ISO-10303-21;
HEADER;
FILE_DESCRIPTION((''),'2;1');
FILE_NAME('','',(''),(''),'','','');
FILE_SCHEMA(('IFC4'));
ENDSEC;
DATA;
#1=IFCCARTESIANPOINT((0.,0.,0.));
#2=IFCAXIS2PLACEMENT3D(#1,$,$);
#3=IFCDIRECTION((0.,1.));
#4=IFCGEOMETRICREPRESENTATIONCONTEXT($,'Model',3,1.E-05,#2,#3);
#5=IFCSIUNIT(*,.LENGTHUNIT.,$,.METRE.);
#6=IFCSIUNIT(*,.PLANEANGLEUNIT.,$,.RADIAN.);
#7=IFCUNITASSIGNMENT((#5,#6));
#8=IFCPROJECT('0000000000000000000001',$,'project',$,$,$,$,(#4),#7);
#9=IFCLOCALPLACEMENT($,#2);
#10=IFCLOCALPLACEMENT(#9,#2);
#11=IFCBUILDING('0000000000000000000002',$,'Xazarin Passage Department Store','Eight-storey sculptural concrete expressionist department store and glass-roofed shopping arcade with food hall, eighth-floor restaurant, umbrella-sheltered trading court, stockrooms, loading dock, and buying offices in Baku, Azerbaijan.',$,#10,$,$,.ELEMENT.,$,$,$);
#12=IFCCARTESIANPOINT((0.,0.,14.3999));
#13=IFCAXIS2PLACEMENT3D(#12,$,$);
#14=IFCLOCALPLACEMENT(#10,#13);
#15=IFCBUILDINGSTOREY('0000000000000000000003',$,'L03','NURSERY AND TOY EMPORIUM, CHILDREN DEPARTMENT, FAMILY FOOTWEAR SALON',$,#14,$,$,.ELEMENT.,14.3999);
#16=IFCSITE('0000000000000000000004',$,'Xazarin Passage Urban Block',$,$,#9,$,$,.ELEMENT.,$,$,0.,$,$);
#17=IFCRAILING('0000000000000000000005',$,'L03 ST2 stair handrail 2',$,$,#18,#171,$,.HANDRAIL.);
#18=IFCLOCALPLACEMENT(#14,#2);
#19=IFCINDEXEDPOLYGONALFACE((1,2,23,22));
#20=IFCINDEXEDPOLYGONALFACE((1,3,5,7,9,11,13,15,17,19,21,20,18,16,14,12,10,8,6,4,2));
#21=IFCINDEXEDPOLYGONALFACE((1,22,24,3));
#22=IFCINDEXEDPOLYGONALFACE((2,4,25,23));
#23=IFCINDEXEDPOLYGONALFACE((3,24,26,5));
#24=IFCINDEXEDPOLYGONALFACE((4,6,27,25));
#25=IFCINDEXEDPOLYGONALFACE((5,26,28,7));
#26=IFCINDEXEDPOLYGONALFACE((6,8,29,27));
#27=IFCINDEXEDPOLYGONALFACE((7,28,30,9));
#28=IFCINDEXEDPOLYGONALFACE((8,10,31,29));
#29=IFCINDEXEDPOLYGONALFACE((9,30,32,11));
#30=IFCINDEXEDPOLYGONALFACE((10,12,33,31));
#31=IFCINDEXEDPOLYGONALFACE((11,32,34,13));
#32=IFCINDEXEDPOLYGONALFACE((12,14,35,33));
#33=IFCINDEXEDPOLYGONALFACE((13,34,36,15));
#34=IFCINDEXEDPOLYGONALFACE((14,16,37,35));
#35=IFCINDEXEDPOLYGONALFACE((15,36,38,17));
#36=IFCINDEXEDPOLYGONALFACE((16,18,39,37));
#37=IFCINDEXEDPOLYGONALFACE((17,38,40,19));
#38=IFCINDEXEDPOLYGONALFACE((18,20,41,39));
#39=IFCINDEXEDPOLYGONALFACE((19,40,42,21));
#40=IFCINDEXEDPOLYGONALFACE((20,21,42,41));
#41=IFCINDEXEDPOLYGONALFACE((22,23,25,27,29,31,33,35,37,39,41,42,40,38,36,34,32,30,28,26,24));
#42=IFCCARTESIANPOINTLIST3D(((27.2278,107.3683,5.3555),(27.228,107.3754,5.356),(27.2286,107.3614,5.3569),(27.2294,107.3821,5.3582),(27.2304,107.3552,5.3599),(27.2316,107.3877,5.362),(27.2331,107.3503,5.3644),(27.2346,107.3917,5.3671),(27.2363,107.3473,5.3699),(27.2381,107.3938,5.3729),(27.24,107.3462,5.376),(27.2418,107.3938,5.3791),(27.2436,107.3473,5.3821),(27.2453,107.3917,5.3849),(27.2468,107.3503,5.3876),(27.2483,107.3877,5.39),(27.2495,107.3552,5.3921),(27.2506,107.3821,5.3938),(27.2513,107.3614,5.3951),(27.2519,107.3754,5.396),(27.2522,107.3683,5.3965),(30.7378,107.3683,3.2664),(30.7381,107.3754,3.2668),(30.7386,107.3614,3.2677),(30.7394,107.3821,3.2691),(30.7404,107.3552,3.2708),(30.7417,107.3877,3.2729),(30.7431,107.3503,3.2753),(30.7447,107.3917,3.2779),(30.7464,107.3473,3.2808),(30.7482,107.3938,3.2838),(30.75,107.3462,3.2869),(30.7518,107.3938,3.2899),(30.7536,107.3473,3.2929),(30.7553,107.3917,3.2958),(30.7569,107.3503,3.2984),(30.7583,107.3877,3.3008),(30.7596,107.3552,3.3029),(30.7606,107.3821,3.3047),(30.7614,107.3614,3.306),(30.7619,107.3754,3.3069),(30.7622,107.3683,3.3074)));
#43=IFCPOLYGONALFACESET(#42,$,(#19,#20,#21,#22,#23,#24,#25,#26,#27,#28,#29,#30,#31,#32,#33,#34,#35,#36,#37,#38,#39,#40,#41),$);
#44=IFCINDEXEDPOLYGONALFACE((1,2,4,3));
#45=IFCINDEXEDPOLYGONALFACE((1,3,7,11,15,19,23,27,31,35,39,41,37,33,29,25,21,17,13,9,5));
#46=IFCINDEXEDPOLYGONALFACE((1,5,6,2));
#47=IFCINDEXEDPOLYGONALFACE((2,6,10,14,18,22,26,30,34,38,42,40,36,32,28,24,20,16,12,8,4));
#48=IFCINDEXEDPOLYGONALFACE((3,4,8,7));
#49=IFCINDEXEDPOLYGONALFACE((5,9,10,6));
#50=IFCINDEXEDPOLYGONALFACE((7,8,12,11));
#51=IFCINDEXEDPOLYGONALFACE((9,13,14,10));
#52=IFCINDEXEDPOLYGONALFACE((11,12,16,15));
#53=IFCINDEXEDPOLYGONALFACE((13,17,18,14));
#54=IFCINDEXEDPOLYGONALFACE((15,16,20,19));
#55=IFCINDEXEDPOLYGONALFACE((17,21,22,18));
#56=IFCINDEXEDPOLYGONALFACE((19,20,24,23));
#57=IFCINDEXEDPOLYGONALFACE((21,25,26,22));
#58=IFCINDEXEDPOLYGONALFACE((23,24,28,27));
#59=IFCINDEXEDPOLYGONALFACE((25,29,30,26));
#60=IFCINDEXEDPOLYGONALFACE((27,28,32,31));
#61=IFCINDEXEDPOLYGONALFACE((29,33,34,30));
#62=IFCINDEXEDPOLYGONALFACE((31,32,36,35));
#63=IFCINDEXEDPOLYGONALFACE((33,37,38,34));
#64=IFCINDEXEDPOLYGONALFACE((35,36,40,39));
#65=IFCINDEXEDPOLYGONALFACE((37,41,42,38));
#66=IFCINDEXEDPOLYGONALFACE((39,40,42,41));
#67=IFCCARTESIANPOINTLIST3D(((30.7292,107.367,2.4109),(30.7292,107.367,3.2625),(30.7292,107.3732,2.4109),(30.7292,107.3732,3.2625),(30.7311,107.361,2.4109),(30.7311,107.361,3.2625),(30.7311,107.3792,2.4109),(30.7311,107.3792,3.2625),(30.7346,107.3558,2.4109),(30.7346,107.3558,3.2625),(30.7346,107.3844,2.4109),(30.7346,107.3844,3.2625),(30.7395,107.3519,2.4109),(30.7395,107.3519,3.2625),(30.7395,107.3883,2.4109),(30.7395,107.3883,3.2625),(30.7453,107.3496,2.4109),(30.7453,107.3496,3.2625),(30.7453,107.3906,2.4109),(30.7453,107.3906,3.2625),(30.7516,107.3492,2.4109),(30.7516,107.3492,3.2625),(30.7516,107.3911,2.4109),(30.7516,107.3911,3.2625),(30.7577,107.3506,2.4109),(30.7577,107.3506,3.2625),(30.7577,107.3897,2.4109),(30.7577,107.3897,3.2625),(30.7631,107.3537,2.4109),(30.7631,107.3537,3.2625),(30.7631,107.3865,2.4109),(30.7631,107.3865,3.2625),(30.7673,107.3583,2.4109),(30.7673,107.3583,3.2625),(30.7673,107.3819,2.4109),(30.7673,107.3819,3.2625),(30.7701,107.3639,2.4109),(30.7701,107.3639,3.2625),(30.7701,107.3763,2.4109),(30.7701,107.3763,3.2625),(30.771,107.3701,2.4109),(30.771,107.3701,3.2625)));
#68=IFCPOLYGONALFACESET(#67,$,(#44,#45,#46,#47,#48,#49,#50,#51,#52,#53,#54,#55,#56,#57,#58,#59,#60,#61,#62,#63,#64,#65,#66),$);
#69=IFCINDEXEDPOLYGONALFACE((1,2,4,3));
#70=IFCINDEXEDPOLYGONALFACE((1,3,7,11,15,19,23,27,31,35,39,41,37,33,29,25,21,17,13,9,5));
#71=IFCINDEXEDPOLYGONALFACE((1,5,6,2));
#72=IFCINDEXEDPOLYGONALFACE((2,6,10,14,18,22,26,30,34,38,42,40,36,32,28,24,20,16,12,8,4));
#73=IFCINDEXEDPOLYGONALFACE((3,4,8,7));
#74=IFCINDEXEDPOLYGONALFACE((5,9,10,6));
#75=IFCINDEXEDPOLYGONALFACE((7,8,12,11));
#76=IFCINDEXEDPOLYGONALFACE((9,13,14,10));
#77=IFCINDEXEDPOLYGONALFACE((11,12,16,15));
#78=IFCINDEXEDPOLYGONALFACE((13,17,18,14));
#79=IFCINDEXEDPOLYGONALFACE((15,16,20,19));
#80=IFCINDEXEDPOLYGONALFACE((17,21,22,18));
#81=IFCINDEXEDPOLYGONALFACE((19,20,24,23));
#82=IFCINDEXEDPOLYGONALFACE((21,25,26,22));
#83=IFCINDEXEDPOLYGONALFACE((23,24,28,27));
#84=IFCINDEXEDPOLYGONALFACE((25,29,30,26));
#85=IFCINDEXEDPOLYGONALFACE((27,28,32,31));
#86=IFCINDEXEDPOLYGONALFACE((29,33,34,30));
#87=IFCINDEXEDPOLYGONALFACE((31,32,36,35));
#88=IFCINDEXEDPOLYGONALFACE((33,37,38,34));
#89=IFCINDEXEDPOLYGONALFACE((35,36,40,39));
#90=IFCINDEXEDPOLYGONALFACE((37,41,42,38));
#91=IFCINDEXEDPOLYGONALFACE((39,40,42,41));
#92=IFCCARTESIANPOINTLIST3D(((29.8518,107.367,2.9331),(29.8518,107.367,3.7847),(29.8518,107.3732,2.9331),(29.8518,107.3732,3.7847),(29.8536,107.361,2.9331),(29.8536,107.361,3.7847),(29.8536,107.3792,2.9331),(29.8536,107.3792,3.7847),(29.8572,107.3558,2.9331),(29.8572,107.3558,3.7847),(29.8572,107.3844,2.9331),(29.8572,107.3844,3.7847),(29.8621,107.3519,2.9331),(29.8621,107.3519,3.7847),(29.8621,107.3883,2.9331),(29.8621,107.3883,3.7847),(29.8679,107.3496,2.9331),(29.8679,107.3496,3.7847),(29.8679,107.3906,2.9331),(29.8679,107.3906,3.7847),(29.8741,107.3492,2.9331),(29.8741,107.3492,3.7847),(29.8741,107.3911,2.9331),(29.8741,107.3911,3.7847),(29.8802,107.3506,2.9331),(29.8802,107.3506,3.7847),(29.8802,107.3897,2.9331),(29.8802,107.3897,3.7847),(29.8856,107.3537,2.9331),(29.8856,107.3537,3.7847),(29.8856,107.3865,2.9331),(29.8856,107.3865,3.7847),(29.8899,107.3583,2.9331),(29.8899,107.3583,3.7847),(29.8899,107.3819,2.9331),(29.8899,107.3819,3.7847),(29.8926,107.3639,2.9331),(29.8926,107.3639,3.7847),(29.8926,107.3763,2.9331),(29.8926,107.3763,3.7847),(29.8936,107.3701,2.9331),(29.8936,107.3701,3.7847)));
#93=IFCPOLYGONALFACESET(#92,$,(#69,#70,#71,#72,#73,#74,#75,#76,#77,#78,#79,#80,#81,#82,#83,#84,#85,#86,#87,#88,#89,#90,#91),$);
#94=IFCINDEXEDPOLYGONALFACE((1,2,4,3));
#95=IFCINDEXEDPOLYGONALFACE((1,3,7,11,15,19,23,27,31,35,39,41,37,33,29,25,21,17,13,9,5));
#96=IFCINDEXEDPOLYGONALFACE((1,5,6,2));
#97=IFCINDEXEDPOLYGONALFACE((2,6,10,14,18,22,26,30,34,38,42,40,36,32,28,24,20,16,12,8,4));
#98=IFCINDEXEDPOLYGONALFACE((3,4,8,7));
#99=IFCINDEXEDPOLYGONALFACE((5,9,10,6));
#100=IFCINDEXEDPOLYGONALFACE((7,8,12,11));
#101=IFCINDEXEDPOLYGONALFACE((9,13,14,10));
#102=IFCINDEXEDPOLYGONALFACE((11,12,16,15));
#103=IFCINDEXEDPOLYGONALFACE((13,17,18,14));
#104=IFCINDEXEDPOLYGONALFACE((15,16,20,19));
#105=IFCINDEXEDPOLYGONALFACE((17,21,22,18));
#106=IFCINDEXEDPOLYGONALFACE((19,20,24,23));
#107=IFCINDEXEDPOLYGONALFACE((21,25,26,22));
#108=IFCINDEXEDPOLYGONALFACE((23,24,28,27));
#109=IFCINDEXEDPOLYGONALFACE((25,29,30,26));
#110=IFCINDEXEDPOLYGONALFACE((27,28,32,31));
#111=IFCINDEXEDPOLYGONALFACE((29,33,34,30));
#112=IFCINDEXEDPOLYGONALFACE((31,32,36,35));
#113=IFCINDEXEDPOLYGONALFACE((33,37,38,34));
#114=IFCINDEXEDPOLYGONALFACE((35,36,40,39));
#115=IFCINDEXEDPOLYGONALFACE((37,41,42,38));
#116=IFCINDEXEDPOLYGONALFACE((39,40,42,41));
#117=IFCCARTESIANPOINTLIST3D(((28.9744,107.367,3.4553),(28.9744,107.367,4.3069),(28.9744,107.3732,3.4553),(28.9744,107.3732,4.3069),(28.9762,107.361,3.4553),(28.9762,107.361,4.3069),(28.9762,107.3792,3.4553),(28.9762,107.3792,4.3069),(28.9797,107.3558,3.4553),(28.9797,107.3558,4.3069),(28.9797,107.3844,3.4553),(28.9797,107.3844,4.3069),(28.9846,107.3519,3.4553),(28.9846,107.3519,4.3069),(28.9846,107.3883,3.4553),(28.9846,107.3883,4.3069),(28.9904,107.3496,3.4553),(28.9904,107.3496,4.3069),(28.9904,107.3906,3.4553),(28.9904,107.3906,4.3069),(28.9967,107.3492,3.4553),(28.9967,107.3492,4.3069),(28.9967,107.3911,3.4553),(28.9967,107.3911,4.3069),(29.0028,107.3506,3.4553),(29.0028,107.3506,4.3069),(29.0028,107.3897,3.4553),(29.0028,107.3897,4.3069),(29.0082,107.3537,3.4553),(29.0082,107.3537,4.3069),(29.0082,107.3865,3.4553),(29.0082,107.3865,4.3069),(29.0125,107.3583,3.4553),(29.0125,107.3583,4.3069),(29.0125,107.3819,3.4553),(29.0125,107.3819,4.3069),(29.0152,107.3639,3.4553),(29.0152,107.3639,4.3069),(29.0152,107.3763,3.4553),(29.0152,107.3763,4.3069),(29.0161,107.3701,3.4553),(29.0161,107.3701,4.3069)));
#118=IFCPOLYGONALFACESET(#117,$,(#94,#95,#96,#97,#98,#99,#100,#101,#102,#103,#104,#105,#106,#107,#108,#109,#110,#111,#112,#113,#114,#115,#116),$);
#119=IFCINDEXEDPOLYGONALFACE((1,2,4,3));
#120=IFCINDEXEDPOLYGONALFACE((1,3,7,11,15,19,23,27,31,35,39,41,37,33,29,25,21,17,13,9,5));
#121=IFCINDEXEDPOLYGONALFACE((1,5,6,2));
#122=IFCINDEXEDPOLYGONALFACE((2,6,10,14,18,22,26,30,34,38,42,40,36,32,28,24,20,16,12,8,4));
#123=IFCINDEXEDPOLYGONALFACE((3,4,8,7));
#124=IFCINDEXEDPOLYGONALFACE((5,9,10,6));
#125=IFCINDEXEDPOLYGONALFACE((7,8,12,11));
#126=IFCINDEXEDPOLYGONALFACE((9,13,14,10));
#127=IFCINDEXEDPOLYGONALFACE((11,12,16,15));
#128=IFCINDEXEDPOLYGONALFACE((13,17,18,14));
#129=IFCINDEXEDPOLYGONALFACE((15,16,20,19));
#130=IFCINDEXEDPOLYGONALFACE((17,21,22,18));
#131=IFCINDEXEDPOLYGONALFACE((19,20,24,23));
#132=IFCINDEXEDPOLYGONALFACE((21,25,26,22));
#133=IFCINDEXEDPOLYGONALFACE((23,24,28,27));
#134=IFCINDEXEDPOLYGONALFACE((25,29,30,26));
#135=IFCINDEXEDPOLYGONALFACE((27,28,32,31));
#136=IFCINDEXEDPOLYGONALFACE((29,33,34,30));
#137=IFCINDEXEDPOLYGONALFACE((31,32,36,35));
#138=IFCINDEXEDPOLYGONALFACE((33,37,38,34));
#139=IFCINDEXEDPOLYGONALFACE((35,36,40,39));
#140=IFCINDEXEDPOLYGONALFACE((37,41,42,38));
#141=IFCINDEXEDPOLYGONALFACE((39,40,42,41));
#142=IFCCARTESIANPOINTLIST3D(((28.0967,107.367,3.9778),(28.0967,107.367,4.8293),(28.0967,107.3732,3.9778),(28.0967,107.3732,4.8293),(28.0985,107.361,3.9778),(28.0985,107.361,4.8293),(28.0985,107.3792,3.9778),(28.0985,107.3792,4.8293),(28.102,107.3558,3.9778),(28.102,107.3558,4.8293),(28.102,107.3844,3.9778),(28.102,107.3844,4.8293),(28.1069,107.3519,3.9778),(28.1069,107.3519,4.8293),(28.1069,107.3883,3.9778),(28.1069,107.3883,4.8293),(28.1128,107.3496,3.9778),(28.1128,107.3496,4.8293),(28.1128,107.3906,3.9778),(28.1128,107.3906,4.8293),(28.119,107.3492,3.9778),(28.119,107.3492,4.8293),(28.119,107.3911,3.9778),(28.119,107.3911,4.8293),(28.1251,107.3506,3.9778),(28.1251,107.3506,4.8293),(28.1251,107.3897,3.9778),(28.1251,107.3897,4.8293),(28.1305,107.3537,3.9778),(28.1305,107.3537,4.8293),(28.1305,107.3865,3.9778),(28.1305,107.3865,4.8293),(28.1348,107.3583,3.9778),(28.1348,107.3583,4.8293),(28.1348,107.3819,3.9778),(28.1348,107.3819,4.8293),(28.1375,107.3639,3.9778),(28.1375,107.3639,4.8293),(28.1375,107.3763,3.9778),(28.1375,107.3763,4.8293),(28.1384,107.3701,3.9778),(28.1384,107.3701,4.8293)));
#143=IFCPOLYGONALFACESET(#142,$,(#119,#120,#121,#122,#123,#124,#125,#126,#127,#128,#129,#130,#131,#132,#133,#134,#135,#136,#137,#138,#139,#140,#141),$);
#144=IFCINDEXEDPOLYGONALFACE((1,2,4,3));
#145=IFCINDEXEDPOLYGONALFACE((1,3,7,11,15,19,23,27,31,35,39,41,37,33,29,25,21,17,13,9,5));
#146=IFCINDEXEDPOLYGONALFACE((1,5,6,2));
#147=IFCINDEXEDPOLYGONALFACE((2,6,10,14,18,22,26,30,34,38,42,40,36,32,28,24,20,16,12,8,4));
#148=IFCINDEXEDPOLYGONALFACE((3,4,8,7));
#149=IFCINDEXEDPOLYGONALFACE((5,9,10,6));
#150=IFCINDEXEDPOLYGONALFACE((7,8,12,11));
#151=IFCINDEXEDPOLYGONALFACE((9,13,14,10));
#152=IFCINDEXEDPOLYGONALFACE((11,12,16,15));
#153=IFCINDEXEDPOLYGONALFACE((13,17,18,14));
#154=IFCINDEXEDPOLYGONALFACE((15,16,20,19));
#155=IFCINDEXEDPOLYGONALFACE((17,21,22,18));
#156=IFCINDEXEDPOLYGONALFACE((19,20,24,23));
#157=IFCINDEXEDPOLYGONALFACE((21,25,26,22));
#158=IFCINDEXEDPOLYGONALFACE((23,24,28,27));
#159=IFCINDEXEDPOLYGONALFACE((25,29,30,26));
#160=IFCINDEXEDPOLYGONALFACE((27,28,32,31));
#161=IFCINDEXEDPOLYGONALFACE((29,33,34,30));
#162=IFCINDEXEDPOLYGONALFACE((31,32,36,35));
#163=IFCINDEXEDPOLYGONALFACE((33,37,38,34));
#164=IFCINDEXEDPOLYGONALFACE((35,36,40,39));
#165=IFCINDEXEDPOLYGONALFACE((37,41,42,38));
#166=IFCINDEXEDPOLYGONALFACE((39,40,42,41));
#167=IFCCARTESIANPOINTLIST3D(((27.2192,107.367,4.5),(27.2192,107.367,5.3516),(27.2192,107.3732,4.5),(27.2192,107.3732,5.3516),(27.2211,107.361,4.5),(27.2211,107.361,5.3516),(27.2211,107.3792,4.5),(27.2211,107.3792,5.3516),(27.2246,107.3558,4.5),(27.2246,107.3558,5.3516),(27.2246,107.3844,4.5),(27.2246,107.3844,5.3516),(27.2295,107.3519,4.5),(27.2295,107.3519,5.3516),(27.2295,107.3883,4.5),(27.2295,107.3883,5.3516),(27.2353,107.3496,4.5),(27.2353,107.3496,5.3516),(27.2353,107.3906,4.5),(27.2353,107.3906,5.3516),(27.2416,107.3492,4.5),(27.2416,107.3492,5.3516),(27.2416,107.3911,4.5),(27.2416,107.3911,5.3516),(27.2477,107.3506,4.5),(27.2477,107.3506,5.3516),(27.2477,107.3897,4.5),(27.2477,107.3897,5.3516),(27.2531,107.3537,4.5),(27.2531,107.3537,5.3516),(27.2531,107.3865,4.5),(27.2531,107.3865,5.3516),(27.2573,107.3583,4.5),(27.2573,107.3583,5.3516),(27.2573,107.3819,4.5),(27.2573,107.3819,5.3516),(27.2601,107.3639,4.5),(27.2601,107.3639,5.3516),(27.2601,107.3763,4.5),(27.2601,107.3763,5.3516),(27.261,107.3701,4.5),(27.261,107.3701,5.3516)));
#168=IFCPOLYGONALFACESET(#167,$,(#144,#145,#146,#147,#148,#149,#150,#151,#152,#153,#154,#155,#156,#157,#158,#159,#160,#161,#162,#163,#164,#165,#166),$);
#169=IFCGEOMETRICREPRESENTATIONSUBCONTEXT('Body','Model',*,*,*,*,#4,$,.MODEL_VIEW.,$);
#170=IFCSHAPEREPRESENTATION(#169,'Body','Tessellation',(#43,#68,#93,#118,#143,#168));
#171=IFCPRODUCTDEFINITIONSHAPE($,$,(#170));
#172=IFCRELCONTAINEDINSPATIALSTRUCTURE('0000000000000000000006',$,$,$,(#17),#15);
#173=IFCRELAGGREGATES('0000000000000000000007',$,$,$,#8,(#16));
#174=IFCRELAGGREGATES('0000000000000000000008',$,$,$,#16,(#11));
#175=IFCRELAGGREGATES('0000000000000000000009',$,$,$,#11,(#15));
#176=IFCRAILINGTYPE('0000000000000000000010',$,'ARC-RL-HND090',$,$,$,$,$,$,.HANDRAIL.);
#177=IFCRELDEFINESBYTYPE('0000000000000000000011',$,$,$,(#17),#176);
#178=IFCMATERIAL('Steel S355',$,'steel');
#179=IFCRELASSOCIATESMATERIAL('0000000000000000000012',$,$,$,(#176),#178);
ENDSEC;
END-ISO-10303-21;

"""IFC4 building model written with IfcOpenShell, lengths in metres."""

from ifc_helpers import new_model, si_unit, direction, frame, origin, origin_2d, place, context, subcontext, project, spatial, circle, extrude, material, type_object, element, save


model = new_model("IFC4")

# Units and contexts
model_context = context("Model", 3, precision=1e-05, world=origin(), true_north=direction((0.0, 1.0)))
body_context = subcontext(model_context, "Body", "Model", "MODEL_VIEW")
ifc_project = project(units=[si_unit("LENGTHUNIT", "METRE"), si_unit("PLANEANGLEUNIT", "RADIAN")], contexts=[model_context])

# Site, building, storey
site_placement = place(None, origin())
site = spatial("IfcSite", under=ifc_project, at=site_placement, Name="Xazarin Passage Urban Block", CompositionType="ELEMENT", RefElevation=0.0)
building_placement = place(site_placement, origin())
building = spatial("IfcBuilding", under=site, at=building_placement, Name="Xazarin Passage Department Store", Description="Eight-storey sculptural concrete expressionist department store and glass-roofed shopping arcade with food hall, eighth-floor restaurant, umbrella-sheltered trading court, stockrooms, loading dock, and buying offices in Baku, Azerbaijan.", CompositionType="ELEMENT")
storey_placement = place(building_placement, frame((0.0, 0.0, 14.3999)))
storey = spatial("IfcBuildingStorey", under=building, at=storey_placement, Name="L03", Description="NURSERY AND TOY EMPORIUM, CHILDREN DEPARTMENT, FAMILY FOOTWEAR SALON", CompositionType="ELEMENT", Elevation=14.3999)

# Shared definitions
ifc_material_1 = material(Name="Steel S355", Category="steel")

# Railing
railing_type_1 = type_object("IfcRailingType", Name="ARC-RL-HND090", PredefinedType="HANDRAIL", material=ifc_material_1)
railing_1_placement = place(storey_placement, frame((30.75, 107.3701, 2.4109)))
element("IfcRailing", 1, at=railing_1_placement, inside=storey, type_object=railing_type_1, Name="L03 ST2 stair handrail 2", PredefinedType="HANDRAIL", context=body_context, shape_type="SweptSolid", body=[
    extrude(circle(Radius=0.0239, at=origin_2d()), frame((0.0, 0.0, 0.876), z_axis=(-0.859312, 0.0, 0.511451), x_axis=(0.0, -1.0, 0.0)), (0.0, 0.0, 1.0), 4.0847),
    extrude(circle(Radius=0.021, at=origin_2d()), origin(), (0.0, 0.0, 1.0), 0.8516),
    extrude(circle(Radius=0.021, at=origin_2d()), frame((-0.8774, 0.0, 0.5222)), (0.0, 0.0, 1.0), 0.8516),
    extrude(circle(Radius=0.021, at=origin_2d()), frame((-1.7549, 0.0, 1.0444)), (0.0, 0.0, 1.0), 0.8516),
    extrude(circle(Radius=0.021, at=origin_2d()), frame((-2.6326, 0.0, 1.5669)), (0.0, 0.0, 1.0), 0.8516),
    extrude(circle(Radius=0.021, at=origin_2d()), frame((-3.51, 0.0, 2.0891)), (0.0, 0.0, 1.0), 0.8516),
])

save(model, "model.ifc")
